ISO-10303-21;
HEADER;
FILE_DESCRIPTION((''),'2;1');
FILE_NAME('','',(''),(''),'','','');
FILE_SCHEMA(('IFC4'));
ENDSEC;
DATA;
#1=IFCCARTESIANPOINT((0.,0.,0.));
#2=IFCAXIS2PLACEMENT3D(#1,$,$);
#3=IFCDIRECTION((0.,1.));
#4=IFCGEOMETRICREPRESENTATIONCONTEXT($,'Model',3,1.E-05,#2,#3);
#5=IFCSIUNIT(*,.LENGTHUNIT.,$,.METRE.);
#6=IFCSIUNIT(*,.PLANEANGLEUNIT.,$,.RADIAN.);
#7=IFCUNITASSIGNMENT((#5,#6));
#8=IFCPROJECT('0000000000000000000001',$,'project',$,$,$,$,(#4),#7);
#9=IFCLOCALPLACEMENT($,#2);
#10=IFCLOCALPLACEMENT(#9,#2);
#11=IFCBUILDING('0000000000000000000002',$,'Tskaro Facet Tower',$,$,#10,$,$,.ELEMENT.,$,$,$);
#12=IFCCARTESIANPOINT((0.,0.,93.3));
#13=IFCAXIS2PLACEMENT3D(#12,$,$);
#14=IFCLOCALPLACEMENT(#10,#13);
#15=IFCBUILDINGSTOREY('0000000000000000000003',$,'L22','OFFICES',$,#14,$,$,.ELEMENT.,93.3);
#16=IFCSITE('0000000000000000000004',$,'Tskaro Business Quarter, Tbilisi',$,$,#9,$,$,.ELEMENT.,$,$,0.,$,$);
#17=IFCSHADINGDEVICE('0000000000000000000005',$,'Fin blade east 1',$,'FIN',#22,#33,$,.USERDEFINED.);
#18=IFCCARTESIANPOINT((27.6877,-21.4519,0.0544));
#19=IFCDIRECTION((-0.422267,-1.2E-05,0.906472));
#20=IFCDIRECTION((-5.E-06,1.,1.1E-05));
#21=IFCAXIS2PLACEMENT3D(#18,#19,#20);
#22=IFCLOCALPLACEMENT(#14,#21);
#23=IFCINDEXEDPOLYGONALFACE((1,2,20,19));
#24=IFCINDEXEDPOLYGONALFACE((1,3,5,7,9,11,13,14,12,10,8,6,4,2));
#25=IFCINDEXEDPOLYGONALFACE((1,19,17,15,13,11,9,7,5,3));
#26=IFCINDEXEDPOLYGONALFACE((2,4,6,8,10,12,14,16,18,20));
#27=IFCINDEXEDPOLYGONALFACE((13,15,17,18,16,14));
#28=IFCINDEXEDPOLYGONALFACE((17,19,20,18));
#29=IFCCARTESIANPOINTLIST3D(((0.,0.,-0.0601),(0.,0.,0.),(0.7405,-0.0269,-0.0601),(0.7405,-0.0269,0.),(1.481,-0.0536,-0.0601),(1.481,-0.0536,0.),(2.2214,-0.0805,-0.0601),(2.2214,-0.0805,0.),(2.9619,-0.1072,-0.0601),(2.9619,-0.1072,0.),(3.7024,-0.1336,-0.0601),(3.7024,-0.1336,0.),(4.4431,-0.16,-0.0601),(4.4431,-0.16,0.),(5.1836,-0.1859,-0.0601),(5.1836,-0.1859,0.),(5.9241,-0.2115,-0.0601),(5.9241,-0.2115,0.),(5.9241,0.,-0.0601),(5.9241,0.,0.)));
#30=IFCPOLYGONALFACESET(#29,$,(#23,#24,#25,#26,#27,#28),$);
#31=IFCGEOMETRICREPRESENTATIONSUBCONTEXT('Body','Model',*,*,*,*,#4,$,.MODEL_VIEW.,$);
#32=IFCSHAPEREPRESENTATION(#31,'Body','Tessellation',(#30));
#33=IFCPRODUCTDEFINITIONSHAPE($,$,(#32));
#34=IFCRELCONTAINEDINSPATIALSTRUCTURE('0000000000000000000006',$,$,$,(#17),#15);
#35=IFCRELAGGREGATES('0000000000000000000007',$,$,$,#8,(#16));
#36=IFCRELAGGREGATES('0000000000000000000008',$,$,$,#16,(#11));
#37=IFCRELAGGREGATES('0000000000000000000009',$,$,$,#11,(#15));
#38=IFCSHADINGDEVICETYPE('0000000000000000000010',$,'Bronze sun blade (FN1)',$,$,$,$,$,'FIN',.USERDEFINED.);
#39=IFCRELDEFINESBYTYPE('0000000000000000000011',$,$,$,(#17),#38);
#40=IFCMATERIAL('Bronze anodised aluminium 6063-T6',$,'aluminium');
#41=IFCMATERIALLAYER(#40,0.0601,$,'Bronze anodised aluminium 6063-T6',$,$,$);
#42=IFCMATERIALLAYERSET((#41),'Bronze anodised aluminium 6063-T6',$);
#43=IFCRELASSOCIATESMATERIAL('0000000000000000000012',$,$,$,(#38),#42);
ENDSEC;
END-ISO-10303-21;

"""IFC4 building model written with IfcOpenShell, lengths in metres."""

from ifc_helpers import new_model, si_unit, direction, frame, origin, place, context, subcontext, project, spatial, polyline, outline, extrude, material, layer, layer_set, type_object, element, save


model = new_model("IFC4")

# Units and contexts
model_context = context("Model", 3, precision=1e-05, world=origin(), true_north=direction((0.0, 1.0)))
body_context = subcontext(model_context, "Body", "Model", "MODEL_VIEW")
ifc_project = project(units=[si_unit("LENGTHUNIT", "METRE"), si_unit("PLANEANGLEUNIT", "RADIAN")], contexts=[model_context])

# Site, building, storey
site_placement = place(None, origin())
site = spatial("IfcSite", under=ifc_project, at=site_placement, Name="Tskaro Business Quarter, Tbilisi", CompositionType="ELEMENT", RefElevation=0.0)
building_placement = place(site_placement, origin())
building = spatial("IfcBuilding", under=site, at=building_placement, Name="Tskaro Facet Tower", CompositionType="ELEMENT")
storey_placement = place(building_placement, frame((0.0, 0.0, 93.3)))
storey = spatial("IfcBuildingStorey", under=building, at=storey_placement, Name="L22", Description="OFFICES", CompositionType="ELEMENT", Elevation=93.3)

# Shared definitions
ifc_material_1 = material(Name="Bronze anodised aluminium 6063-T6", Category="aluminium")

# Shading device
ifc_layer_1 = layer(ifc_material_1, 0.0601, Name="Bronze anodised aluminium 6063-T6")
ifc_layer_set_1 = layer_set([ifc_layer_1], Name="Bronze anodised aluminium 6063-T6")
shading_device_type = type_object("IfcShadingDeviceType", Name="Bronze sun blade (FN1)", ElementType="FIN", PredefinedType="USERDEFINED", material=ifc_layer_set_1)
shading_device_1_placement = place(storey_placement, frame((27.6877, -21.4519, 0.0544), z_axis=(-0.422267, -0.000012, 0.906472), x_axis=(-0.000005, 1.0, 0.000011)))
element("IfcShadingDevice", 1, at=shading_device_1_placement, inside=storey, type_object=shading_device_type, Name="Fin blade east 1", ObjectType="FIN", PredefinedType="USERDEFINED", context=body_context, shape_type="SweptSolid", body=[
    extrude(outline(polyline([(0.0, 0.0), (5.9241, 0.0), (5.9241, -0.2115), (5.1836, -0.1859), (4.4431, -0.16), (3.7024, -0.1336), (2.9619, -0.1072), (2.2214, -0.0805), (1.481, -0.0536), (0.7405, -0.0269), (0.0, 0.0)])), origin(), (0.0, 0.0, -1.0), 0.0601),
])

save(model, "model.ifc")
